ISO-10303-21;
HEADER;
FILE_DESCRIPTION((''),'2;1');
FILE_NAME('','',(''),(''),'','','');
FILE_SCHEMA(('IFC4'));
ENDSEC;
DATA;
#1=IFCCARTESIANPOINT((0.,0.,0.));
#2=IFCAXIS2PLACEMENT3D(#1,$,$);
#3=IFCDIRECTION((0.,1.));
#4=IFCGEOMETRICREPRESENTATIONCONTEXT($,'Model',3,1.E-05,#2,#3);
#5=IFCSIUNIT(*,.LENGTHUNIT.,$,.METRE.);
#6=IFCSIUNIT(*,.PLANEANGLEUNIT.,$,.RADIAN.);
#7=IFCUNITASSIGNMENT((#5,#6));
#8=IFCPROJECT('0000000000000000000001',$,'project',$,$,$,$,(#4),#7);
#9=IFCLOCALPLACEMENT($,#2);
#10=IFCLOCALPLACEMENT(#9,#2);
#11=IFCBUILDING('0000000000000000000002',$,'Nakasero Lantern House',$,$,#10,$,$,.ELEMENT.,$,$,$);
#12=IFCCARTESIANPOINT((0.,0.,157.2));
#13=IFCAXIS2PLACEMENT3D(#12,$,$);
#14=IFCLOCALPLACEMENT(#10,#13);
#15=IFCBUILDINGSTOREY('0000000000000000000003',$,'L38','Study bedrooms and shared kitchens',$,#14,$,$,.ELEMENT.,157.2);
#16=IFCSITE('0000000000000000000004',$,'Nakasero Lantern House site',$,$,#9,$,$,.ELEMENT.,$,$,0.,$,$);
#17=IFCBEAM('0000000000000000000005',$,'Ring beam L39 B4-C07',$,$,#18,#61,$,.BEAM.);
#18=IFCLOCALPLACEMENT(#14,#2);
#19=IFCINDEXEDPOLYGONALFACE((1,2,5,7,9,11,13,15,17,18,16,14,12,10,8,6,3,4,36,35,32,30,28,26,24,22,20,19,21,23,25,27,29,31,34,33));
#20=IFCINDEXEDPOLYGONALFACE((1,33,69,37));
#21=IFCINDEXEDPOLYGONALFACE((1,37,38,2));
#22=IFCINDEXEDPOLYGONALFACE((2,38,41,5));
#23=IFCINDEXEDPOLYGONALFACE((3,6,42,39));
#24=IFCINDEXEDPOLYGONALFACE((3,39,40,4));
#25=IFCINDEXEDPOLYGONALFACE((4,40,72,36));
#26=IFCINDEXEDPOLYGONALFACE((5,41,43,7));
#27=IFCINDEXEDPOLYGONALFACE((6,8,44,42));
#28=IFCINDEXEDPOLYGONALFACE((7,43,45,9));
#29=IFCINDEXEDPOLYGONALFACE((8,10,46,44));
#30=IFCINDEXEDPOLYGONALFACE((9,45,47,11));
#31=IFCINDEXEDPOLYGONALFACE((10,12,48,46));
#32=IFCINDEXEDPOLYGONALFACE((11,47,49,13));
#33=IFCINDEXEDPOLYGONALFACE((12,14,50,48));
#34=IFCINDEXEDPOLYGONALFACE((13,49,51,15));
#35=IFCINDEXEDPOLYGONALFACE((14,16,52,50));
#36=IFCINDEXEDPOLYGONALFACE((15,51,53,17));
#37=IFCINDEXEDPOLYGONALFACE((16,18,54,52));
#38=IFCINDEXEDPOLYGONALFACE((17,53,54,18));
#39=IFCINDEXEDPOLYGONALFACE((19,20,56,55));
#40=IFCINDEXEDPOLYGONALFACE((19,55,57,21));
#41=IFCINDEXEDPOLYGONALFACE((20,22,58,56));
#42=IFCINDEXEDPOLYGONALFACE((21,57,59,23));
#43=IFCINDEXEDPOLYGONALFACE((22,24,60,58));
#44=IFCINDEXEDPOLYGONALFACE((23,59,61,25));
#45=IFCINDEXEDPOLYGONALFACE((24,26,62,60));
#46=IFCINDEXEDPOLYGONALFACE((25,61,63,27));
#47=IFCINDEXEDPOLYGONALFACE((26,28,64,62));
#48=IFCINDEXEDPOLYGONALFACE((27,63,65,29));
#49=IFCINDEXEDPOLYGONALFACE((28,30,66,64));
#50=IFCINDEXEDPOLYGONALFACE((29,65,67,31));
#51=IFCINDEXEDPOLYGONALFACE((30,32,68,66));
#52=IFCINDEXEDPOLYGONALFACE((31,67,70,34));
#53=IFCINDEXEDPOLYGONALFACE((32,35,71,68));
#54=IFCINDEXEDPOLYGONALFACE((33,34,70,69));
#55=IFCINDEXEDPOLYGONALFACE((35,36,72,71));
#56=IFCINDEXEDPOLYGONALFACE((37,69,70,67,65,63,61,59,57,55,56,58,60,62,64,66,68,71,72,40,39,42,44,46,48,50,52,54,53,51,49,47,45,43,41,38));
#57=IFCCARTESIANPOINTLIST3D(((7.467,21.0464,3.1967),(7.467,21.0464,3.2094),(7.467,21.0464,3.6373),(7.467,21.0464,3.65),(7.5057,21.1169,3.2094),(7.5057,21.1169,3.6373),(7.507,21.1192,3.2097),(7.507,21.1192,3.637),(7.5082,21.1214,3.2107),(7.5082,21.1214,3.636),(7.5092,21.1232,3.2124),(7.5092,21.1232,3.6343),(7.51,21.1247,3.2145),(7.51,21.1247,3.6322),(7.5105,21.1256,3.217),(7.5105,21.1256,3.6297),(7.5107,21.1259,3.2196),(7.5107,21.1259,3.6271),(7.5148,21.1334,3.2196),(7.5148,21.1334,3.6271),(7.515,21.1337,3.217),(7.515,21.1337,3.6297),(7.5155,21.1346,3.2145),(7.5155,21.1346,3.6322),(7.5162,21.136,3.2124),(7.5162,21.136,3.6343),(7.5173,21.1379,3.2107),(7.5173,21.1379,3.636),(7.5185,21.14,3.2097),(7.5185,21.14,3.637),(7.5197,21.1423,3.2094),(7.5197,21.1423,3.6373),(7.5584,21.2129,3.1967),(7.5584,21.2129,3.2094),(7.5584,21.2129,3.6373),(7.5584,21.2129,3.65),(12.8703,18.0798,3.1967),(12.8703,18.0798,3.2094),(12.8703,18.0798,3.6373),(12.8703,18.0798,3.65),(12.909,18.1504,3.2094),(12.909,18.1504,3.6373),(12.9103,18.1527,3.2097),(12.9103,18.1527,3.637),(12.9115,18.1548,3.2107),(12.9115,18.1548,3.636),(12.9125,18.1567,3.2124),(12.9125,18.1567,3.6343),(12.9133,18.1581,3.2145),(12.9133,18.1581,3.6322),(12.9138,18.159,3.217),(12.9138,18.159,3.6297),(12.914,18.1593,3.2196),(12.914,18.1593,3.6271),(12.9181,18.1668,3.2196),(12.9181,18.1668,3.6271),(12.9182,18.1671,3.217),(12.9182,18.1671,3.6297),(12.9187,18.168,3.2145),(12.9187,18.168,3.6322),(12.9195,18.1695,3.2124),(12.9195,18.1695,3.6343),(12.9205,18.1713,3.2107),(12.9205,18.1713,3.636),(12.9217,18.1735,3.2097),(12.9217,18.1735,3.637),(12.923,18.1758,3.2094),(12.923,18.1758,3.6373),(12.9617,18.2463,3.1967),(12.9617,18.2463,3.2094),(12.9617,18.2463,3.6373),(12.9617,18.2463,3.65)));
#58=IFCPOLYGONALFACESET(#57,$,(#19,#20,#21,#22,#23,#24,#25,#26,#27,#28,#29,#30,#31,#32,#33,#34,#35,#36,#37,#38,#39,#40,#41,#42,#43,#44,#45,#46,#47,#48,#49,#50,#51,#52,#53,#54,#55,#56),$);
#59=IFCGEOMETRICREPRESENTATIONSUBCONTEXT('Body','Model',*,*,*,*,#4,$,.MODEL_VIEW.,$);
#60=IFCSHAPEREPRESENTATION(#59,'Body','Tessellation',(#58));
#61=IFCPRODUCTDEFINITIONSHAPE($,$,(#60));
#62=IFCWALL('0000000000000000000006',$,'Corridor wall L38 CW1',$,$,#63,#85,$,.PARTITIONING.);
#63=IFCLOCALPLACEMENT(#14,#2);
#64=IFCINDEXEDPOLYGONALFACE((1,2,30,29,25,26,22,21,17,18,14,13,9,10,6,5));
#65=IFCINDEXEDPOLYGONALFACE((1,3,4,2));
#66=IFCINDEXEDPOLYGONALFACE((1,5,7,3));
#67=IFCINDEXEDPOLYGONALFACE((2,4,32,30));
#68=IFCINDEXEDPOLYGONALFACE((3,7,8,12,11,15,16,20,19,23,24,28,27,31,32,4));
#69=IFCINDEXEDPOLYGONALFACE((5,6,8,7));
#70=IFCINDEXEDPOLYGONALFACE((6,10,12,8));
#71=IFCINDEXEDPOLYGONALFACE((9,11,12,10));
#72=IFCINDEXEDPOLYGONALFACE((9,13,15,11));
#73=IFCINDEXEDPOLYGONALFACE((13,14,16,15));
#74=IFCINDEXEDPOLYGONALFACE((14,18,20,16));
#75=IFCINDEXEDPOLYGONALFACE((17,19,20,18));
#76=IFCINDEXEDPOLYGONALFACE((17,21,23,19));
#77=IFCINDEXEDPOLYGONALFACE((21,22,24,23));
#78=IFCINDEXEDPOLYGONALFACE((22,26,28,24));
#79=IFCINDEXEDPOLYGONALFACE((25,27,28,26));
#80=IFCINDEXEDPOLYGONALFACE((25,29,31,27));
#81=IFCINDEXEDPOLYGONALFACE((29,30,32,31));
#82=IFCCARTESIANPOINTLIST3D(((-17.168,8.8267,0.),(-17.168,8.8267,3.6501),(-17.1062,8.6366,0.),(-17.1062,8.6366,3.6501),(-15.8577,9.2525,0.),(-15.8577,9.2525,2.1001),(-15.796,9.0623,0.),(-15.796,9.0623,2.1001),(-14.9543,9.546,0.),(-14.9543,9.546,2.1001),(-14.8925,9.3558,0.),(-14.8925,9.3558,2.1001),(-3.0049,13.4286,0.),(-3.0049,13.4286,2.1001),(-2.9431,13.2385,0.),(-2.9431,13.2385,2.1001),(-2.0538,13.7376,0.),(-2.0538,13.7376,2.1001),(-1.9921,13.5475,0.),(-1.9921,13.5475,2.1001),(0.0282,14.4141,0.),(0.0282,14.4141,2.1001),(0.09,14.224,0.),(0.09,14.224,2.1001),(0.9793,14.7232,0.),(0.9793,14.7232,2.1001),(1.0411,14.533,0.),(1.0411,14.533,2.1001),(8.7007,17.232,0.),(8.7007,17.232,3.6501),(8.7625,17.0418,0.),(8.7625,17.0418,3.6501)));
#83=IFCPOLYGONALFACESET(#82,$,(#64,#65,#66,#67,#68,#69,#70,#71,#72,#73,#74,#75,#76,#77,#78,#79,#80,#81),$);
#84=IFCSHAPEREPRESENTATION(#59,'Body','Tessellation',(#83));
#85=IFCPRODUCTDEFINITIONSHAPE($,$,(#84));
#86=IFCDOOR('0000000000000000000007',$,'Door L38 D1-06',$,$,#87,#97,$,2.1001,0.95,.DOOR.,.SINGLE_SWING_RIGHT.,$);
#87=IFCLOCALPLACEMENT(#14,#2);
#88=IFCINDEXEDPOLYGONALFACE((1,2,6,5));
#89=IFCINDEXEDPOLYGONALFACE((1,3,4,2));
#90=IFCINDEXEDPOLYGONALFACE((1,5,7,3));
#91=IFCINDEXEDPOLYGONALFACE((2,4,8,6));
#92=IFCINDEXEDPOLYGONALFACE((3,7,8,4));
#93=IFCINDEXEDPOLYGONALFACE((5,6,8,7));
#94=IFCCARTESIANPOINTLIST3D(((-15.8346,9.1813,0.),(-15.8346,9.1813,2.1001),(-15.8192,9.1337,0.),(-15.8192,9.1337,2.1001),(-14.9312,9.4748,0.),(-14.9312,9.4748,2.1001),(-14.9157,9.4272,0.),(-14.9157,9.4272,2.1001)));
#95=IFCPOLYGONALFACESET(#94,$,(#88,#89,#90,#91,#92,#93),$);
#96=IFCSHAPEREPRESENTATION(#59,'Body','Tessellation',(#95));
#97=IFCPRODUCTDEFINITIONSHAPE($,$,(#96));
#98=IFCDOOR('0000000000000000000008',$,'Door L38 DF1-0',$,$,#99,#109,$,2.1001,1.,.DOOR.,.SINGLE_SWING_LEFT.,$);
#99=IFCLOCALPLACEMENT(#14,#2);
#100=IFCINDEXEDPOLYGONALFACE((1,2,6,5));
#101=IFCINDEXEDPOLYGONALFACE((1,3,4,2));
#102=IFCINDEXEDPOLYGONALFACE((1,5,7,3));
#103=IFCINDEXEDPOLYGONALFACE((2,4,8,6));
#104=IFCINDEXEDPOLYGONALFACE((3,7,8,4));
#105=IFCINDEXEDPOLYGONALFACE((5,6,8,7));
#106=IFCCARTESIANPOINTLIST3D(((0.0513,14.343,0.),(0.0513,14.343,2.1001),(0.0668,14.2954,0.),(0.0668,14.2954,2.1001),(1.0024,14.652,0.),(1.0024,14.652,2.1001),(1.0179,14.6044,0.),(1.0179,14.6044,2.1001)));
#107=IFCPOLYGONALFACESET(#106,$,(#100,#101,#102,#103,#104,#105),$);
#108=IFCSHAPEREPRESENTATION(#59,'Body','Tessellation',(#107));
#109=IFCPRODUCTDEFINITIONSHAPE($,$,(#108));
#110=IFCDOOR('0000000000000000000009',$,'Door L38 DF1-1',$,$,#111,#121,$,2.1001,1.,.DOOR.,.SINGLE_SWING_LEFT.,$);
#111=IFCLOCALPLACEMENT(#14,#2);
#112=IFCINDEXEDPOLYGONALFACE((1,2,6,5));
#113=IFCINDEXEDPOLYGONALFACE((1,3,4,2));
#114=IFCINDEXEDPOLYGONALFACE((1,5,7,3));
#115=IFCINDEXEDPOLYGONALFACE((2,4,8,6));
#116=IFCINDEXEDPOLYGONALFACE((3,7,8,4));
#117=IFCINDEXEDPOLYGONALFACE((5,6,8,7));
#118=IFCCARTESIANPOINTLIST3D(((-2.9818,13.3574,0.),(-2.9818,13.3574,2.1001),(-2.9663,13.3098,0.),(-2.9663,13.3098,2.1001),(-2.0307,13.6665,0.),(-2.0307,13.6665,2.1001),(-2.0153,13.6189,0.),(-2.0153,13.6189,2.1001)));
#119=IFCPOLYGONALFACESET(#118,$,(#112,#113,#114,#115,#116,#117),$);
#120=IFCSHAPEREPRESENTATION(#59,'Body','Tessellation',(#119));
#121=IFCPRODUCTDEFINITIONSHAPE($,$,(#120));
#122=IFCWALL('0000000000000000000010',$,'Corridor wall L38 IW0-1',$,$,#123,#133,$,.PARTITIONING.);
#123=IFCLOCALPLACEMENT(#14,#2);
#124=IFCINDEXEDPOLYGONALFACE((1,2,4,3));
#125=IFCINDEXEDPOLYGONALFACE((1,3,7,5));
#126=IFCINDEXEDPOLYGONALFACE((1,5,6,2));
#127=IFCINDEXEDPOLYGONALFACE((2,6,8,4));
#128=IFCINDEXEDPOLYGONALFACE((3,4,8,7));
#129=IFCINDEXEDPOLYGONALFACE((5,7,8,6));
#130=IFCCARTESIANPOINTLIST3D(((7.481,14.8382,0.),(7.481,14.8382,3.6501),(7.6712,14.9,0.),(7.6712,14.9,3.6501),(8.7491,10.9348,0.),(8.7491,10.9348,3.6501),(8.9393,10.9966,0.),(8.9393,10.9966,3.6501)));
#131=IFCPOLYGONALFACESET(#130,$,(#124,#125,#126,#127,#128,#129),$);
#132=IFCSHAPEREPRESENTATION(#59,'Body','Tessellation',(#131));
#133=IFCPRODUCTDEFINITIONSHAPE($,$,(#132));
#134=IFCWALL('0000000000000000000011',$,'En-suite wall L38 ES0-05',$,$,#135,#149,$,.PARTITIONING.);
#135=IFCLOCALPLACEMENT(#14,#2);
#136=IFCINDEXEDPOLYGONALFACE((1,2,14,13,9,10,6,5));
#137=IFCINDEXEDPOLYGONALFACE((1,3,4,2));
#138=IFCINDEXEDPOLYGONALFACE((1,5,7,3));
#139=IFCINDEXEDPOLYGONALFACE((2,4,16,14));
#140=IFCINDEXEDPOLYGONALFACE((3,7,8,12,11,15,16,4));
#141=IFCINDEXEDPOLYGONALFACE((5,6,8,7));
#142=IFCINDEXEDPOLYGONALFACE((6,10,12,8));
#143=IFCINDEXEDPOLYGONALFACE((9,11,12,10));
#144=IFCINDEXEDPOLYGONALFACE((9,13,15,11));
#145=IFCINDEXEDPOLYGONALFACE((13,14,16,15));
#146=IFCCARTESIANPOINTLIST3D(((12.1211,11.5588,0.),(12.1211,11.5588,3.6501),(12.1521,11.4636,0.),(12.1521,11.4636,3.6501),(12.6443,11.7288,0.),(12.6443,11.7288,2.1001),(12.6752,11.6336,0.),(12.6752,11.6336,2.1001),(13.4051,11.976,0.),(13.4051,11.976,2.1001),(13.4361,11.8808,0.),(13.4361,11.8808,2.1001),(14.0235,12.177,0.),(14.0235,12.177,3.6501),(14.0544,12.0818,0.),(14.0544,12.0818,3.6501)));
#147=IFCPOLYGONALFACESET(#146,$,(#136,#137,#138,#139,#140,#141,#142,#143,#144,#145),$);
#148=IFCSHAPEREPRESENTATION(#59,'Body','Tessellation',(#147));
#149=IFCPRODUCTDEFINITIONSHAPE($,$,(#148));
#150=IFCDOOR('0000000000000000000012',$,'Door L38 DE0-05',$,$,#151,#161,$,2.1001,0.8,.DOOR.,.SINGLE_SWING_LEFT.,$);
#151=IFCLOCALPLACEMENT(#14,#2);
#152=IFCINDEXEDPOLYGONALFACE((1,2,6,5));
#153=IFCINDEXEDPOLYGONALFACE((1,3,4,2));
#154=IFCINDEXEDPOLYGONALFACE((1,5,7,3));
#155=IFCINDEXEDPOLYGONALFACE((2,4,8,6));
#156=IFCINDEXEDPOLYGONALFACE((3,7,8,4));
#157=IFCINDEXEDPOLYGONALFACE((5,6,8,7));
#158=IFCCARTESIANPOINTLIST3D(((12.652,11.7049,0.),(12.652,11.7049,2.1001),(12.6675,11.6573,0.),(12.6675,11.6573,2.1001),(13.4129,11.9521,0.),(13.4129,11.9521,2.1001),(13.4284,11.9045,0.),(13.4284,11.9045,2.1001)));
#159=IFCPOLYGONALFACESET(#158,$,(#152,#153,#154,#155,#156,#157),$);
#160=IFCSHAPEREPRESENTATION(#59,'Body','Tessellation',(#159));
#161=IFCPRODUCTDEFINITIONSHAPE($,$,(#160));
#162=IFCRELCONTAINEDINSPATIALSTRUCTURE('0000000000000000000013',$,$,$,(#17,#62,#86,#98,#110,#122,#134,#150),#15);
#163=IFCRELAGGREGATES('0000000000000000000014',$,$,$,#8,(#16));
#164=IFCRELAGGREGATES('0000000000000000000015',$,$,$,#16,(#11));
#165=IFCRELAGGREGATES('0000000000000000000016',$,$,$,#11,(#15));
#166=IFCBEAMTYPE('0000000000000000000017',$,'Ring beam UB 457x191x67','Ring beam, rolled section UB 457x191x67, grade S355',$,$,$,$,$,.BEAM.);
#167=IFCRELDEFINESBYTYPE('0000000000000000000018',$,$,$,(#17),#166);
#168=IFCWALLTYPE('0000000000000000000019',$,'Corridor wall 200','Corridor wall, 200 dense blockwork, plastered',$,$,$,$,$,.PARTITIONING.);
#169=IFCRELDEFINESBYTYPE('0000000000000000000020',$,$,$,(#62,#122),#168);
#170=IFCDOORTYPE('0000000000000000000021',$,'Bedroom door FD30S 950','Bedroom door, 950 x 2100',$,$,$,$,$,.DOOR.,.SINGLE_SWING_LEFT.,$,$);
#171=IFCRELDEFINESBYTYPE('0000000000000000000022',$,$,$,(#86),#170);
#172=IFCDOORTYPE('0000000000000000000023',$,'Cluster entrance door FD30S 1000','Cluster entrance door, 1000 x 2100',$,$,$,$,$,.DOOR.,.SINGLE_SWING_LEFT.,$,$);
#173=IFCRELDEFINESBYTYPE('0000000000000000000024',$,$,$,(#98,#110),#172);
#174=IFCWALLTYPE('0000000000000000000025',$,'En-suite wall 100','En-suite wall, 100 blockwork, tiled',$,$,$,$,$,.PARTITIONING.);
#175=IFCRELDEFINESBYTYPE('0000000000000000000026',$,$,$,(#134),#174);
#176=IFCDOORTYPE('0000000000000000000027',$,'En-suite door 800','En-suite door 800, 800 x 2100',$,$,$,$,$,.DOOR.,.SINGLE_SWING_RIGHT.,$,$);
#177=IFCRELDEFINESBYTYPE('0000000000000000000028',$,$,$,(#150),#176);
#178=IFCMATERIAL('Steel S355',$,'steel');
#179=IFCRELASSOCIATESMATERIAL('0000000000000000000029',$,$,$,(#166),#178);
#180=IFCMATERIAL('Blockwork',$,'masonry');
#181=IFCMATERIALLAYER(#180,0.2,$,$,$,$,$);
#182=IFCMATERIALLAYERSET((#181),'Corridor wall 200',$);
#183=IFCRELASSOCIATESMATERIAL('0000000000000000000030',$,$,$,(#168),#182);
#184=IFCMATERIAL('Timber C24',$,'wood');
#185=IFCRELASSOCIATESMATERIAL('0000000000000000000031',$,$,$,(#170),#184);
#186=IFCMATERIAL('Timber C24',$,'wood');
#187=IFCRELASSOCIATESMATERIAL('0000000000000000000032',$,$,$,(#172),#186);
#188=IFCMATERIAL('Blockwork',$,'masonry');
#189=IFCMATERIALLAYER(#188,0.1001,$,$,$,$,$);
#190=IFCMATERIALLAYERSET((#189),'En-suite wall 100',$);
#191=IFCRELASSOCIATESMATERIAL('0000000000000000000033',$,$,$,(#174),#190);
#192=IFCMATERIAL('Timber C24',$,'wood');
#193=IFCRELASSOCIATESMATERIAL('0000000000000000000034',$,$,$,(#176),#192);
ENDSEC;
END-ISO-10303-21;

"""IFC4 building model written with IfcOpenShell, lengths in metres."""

from ifc_helpers import new_model, si_unit, direction, frame, frame_2d, origin, origin_2d, place, context, subcontext, project, spatial, rectangle, i_section, extrude, material, layer, layer_set, material_profile, profile_set, type_object, element, fill, save


model = new_model("IFC4")

# Units and contexts
model_context = context("Model", 3, precision=1e-05, world=origin(), true_north=direction((0.0, 1.0)))
body_context = subcontext(model_context, "Body", "Model", "MODEL_VIEW")
ifc_project = project(units=[si_unit("LENGTHUNIT", "METRE"), si_unit("PLANEANGLEUNIT", "RADIAN")], contexts=[model_context])

# Site, building, storey
site_placement = place(None, origin())
site = spatial("IfcSite", under=ifc_project, at=site_placement, Name="Nakasero Lantern House site", CompositionType="ELEMENT", RefElevation=0.0)
building_placement = place(site_placement, origin())
building = spatial("IfcBuilding", under=site, at=building_placement, Name="Nakasero Lantern House", CompositionType="ELEMENT")
storey_placement = place(building_placement, frame((0.0, 0.0, 157.2)))
storey = spatial("IfcBuildingStorey", under=building, at=storey_placement, Name="L38", Description="Study bedrooms and shared kitchens", CompositionType="ELEMENT", Elevation=157.2)

# Beam
ifc_material_1 = material(Name="Steel S355", Category="steel")
ifc_material_profile_1 = material_profile(ifc_material_1, i_section(OverallWidth=0.1899, OverallDepth=0.4534, WebThickness=0.0085, FlangeThickness=0.0127, FilletRadius=0.0103, at=origin_2d()), Name="UB 457x191x67")
ifc_profile_set_1 = profile_set([ifc_material_profile_1], Name="Steel S355")
beam_type_1 = type_object("IfcBeamType", Name="Ring beam UB 457x191x67", Description="Ring beam, rolled section UB 457x191x67, grade S355", PredefinedType="BEAM", material=ifc_profile_set_1)
beam_1_placement = place(storey_placement, frame((12.916, 18.1631, 3.4233), z_axis=(-0.876577, 0.481262, 0.0), x_axis=(-0.481262, -0.876577, 0.0)))
element("IfcBeam", 1, at=beam_1_placement, inside=storey, type_object=beam_type_1, Name="Ring beam L39 B4-C07", PredefinedType="BEAM", context=body_context, shape_type="SweptSolid", body=[
    extrude(i_section(OverallWidth=0.1899, OverallDepth=0.4534, WebThickness=0.0085, FlangeThickness=0.0127, FilletRadius=0.0103, at=origin_2d()), origin(), (0.0, 0.0, 1.0), 6.1641),
])

# Wall, openings, doors
ifc_material_2 = material(Name="Blockwork", Category="masonry")
ifc_layer_1 = layer(ifc_material_2, 0.2)
ifc_layer_set_1 = layer_set([ifc_layer_1], Name="Corridor wall 200")
wall_type_1 = type_object("IfcWallType", Name="Corridor wall 200", Description="Corridor wall, 200 dense blockwork, plastered", PredefinedType="PARTITIONING", material=ifc_layer_set_1)
wall_1_placement = place(storey_placement, frame((8.7317, 17.137, 0.0), z_axis=(0.0, 0.0, 1.0), x_axis=(-0.951056, -0.309018, 0.0)))
wall_1 = element("IfcWall", 2, at=wall_1_placement, inside=storey, type_object=wall_type_1, Name="Corridor wall L38 CW1", PredefinedType="PARTITIONING", context=body_context, shape_type="SweptSolid", body=[
    extrude(rectangle(XDim=27.2, YDim=0.2, at=frame_2d((13.6001, 0.0))), origin(), (0.0, 0.0, 1.0), 3.6501),
])
opening_1_placement = place(wall_1_placement, frame((8.1189, 0.0, 0.0)))
opening_1 = element("IfcOpeningElement", 3, at=opening_1_placement, cuts=wall_1, PredefinedType="OPENING", context=body_context, shape_type="SweptSolid", body=[
    extrude(rectangle(XDim=1.0, YDim=2.1001, at=frame_2d((0.5, 1.05))), frame((0.0, 0.1199, 0.0), z_axis=(0.0, -1.0, 0.0), x_axis=(1.0, 0.0, 0.0)), (0.0, 0.0, 1.0), 0.24),
])
opening_2_placement = place(wall_1_placement, frame((11.3081, 0.0, 0.0)))
opening_2 = element("IfcOpeningElement", 4, at=opening_2_placement, cuts=wall_1, PredefinedType="OPENING", context=body_context, shape_type="SweptSolid", body=[
    extrude(rectangle(XDim=1.0, YDim=2.1001, at=frame_2d((0.5, 1.05))), frame((0.0, 0.1199, 0.0), z_axis=(0.0, -1.0, 0.0), x_axis=(1.0, 0.0, 0.0)), (0.0, 0.0, 1.0), 0.24),
])
opening_3_placement = place(wall_1_placement, frame((24.8723, 0.0, 0.0)))
opening_3 = element("IfcOpeningElement", 5, at=opening_3_placement, cuts=wall_1, PredefinedType="OPENING", context=body_context, shape_type="SweptSolid", body=[
    extrude(rectangle(XDim=0.95, YDim=2.1001, at=frame_2d((0.4751, 1.05))), frame((0.0, 0.1199, 0.0), z_axis=(0.0, -1.0, 0.0), x_axis=(1.0, 0.0, 0.0)), (0.0, 0.0, 1.0), 0.24),
])
ifc_material_3 = material(Name="Timber C24", Category="wood")
door_type_1 = type_object("IfcDoorType", Name="Bedroom door FD30S 950", Description="Bedroom door, 950 x 2100", OperationType="SINGLE_SWING_LEFT", PredefinedType="DOOR", material=ifc_material_3)
door_1_placement = place(opening_3_placement, origin())
door_1 = element("IfcDoor", 6, at=door_1_placement, inside=storey, type_object=door_type_1, Name="Door L38 D1-06", OperationType="SINGLE_SWING_RIGHT", OverallHeight=2.1001, OverallWidth=0.95, PredefinedType="DOOR", context=body_context, shape_type="SweptSolid", body=[
    extrude(rectangle(XDim=0.95, YDim=2.1001, at=frame_2d((0.4751, 1.05))), frame((0.0, 0.0249, 0.0), z_axis=(0.0, -1.0, 0.0), x_axis=(1.0, 0.0, 0.0)), (0.0, 0.0, 1.0), 0.05),
])
fill(opening_3, door_1)
ifc_material_4 = material(Name="Timber C24", Category="wood")
door_type_2 = type_object("IfcDoorType", Name="Cluster entrance door FD30S 1000", Description="Cluster entrance door, 1000 x 2100", OperationType="SINGLE_SWING_LEFT", PredefinedType="DOOR", material=ifc_material_4)
door_2_placement = place(opening_1_placement, origin())
door_2 = element("IfcDoor", 7, at=door_2_placement, inside=storey, type_object=door_type_2, Name="Door L38 DF1-0", OperationType="SINGLE_SWING_LEFT", OverallHeight=2.1001, OverallWidth=1.0, PredefinedType="DOOR", context=body_context, shape_type="SweptSolid", body=[
    extrude(rectangle(XDim=1.0, YDim=2.1001, at=frame_2d((0.5, 1.05))), frame((0.0, 0.0249, 0.0), z_axis=(0.0, -1.0, 0.0), x_axis=(1.0, 0.0, 0.0)), (0.0, 0.0, 1.0), 0.05),
])
fill(opening_1, door_2)
door_3_placement = place(opening_2_placement, origin())
door_3 = element("IfcDoor", 8, at=door_3_placement, inside=storey, type_object=door_type_2, Name="Door L38 DF1-1", OperationType="SINGLE_SWING_LEFT", OverallHeight=2.1001, OverallWidth=1.0, PredefinedType="DOOR", context=body_context, shape_type="SweptSolid", body=[
    extrude(rectangle(XDim=1.0, YDim=2.1001, at=frame_2d((0.5, 1.05))), frame((0.0, 0.0249, 0.0), z_axis=(0.0, -1.0, 0.0), x_axis=(1.0, 0.0, 0.0)), (0.0, 0.0, 1.0), 0.05),
])
fill(opening_2, door_3)

# Wall
wall_2_placement = place(storey_placement, frame((8.8442, 10.9656, 0.0), z_axis=(0.0, 0.0, 1.0), x_axis=(-0.308973, 0.951071, 0.0)))
element("IfcWall", 9, at=wall_2_placement, inside=storey, type_object=wall_type_1, Name="Corridor wall L38 IW0-1", PredefinedType="PARTITIONING", context=body_context, shape_type="SweptSolid", body=[
    extrude(rectangle(XDim=4.1042, YDim=0.2, at=frame_2d((2.0522, 0.0))), origin(), (0.0, 0.0, 1.0), 3.6501),
])

# Wall, opening, door
ifc_material_5 = material(Name="Blockwork", Category="masonry")
ifc_layer_2 = layer(ifc_material_5, 0.1001)
ifc_layer_set_2 = layer_set([ifc_layer_2], Name="En-suite wall 100")
wall_type_2 = type_object("IfcWallType", Name="En-suite wall 100", Description="En-suite wall, 100 blockwork, tiled", PredefinedType="PARTITIONING", material=ifc_layer_set_2)
wall_3_placement = place(storey_placement, frame((12.1367, 11.5112, 0.0), z_axis=(0.0, 0.0, 1.0), x_axis=(0.951048, 0.309042, 0.0)))
wall_3 = element("IfcWall", 10, at=wall_3_placement, inside=storey, type_object=wall_type_2, Name="En-suite wall L38 ES0-05", PredefinedType="PARTITIONING", context=body_context, shape_type="SweptSolid", body=[
    extrude(rectangle(XDim=2.0002, YDim=0.1001, at=frame_2d((1.0, 0.0))), origin(), (0.0, 0.0, 1.0), 3.6501),
])
opening_4_placement = place(wall_3_placement, frame((0.55, 0.0, 0.0)))
opening_4 = element("IfcOpeningElement", 11, at=opening_4_placement, cuts=wall_3, PredefinedType="OPENING", context=body_context, shape_type="SweptSolid", body=[
    extrude(rectangle(XDim=0.8, YDim=2.1001, at=frame_2d((0.3999, 1.05))), frame((0.0, 0.0701, 0.0), z_axis=(0.0, -1.0, 0.0), x_axis=(1.0, 0.0, 0.0)), (0.0, 0.0, 1.0), 0.1401),
])
ifc_material_6 = material(Name="Timber C24", Category="wood")
door_type_3 = type_object("IfcDoorType", Name="En-suite door 800", Description="En-suite door 800, 800 x 2100", OperationType="SINGLE_SWING_RIGHT", PredefinedType="DOOR", material=ifc_material_6)
door_4_placement = place(opening_4_placement, origin())
door_4 = element("IfcDoor", 12, at=door_4_placement, inside=storey, type_object=door_type_3, Name="Door L38 DE0-05", OperationType="SINGLE_SWING_LEFT", OverallHeight=2.1001, OverallWidth=0.8, PredefinedType="DOOR", context=body_context, shape_type="SweptSolid", body=[
    extrude(rectangle(XDim=0.8, YDim=2.1001, at=frame_2d((0.3999, 1.05))), frame((0.0, 0.0249, 0.0), z_axis=(0.0, -1.0, 0.0), x_axis=(1.0, 0.0, 0.0)), (0.0, 0.0, 1.0), 0.05),
])
fill(opening_4, door_4)

save(model, "model.ifc")
